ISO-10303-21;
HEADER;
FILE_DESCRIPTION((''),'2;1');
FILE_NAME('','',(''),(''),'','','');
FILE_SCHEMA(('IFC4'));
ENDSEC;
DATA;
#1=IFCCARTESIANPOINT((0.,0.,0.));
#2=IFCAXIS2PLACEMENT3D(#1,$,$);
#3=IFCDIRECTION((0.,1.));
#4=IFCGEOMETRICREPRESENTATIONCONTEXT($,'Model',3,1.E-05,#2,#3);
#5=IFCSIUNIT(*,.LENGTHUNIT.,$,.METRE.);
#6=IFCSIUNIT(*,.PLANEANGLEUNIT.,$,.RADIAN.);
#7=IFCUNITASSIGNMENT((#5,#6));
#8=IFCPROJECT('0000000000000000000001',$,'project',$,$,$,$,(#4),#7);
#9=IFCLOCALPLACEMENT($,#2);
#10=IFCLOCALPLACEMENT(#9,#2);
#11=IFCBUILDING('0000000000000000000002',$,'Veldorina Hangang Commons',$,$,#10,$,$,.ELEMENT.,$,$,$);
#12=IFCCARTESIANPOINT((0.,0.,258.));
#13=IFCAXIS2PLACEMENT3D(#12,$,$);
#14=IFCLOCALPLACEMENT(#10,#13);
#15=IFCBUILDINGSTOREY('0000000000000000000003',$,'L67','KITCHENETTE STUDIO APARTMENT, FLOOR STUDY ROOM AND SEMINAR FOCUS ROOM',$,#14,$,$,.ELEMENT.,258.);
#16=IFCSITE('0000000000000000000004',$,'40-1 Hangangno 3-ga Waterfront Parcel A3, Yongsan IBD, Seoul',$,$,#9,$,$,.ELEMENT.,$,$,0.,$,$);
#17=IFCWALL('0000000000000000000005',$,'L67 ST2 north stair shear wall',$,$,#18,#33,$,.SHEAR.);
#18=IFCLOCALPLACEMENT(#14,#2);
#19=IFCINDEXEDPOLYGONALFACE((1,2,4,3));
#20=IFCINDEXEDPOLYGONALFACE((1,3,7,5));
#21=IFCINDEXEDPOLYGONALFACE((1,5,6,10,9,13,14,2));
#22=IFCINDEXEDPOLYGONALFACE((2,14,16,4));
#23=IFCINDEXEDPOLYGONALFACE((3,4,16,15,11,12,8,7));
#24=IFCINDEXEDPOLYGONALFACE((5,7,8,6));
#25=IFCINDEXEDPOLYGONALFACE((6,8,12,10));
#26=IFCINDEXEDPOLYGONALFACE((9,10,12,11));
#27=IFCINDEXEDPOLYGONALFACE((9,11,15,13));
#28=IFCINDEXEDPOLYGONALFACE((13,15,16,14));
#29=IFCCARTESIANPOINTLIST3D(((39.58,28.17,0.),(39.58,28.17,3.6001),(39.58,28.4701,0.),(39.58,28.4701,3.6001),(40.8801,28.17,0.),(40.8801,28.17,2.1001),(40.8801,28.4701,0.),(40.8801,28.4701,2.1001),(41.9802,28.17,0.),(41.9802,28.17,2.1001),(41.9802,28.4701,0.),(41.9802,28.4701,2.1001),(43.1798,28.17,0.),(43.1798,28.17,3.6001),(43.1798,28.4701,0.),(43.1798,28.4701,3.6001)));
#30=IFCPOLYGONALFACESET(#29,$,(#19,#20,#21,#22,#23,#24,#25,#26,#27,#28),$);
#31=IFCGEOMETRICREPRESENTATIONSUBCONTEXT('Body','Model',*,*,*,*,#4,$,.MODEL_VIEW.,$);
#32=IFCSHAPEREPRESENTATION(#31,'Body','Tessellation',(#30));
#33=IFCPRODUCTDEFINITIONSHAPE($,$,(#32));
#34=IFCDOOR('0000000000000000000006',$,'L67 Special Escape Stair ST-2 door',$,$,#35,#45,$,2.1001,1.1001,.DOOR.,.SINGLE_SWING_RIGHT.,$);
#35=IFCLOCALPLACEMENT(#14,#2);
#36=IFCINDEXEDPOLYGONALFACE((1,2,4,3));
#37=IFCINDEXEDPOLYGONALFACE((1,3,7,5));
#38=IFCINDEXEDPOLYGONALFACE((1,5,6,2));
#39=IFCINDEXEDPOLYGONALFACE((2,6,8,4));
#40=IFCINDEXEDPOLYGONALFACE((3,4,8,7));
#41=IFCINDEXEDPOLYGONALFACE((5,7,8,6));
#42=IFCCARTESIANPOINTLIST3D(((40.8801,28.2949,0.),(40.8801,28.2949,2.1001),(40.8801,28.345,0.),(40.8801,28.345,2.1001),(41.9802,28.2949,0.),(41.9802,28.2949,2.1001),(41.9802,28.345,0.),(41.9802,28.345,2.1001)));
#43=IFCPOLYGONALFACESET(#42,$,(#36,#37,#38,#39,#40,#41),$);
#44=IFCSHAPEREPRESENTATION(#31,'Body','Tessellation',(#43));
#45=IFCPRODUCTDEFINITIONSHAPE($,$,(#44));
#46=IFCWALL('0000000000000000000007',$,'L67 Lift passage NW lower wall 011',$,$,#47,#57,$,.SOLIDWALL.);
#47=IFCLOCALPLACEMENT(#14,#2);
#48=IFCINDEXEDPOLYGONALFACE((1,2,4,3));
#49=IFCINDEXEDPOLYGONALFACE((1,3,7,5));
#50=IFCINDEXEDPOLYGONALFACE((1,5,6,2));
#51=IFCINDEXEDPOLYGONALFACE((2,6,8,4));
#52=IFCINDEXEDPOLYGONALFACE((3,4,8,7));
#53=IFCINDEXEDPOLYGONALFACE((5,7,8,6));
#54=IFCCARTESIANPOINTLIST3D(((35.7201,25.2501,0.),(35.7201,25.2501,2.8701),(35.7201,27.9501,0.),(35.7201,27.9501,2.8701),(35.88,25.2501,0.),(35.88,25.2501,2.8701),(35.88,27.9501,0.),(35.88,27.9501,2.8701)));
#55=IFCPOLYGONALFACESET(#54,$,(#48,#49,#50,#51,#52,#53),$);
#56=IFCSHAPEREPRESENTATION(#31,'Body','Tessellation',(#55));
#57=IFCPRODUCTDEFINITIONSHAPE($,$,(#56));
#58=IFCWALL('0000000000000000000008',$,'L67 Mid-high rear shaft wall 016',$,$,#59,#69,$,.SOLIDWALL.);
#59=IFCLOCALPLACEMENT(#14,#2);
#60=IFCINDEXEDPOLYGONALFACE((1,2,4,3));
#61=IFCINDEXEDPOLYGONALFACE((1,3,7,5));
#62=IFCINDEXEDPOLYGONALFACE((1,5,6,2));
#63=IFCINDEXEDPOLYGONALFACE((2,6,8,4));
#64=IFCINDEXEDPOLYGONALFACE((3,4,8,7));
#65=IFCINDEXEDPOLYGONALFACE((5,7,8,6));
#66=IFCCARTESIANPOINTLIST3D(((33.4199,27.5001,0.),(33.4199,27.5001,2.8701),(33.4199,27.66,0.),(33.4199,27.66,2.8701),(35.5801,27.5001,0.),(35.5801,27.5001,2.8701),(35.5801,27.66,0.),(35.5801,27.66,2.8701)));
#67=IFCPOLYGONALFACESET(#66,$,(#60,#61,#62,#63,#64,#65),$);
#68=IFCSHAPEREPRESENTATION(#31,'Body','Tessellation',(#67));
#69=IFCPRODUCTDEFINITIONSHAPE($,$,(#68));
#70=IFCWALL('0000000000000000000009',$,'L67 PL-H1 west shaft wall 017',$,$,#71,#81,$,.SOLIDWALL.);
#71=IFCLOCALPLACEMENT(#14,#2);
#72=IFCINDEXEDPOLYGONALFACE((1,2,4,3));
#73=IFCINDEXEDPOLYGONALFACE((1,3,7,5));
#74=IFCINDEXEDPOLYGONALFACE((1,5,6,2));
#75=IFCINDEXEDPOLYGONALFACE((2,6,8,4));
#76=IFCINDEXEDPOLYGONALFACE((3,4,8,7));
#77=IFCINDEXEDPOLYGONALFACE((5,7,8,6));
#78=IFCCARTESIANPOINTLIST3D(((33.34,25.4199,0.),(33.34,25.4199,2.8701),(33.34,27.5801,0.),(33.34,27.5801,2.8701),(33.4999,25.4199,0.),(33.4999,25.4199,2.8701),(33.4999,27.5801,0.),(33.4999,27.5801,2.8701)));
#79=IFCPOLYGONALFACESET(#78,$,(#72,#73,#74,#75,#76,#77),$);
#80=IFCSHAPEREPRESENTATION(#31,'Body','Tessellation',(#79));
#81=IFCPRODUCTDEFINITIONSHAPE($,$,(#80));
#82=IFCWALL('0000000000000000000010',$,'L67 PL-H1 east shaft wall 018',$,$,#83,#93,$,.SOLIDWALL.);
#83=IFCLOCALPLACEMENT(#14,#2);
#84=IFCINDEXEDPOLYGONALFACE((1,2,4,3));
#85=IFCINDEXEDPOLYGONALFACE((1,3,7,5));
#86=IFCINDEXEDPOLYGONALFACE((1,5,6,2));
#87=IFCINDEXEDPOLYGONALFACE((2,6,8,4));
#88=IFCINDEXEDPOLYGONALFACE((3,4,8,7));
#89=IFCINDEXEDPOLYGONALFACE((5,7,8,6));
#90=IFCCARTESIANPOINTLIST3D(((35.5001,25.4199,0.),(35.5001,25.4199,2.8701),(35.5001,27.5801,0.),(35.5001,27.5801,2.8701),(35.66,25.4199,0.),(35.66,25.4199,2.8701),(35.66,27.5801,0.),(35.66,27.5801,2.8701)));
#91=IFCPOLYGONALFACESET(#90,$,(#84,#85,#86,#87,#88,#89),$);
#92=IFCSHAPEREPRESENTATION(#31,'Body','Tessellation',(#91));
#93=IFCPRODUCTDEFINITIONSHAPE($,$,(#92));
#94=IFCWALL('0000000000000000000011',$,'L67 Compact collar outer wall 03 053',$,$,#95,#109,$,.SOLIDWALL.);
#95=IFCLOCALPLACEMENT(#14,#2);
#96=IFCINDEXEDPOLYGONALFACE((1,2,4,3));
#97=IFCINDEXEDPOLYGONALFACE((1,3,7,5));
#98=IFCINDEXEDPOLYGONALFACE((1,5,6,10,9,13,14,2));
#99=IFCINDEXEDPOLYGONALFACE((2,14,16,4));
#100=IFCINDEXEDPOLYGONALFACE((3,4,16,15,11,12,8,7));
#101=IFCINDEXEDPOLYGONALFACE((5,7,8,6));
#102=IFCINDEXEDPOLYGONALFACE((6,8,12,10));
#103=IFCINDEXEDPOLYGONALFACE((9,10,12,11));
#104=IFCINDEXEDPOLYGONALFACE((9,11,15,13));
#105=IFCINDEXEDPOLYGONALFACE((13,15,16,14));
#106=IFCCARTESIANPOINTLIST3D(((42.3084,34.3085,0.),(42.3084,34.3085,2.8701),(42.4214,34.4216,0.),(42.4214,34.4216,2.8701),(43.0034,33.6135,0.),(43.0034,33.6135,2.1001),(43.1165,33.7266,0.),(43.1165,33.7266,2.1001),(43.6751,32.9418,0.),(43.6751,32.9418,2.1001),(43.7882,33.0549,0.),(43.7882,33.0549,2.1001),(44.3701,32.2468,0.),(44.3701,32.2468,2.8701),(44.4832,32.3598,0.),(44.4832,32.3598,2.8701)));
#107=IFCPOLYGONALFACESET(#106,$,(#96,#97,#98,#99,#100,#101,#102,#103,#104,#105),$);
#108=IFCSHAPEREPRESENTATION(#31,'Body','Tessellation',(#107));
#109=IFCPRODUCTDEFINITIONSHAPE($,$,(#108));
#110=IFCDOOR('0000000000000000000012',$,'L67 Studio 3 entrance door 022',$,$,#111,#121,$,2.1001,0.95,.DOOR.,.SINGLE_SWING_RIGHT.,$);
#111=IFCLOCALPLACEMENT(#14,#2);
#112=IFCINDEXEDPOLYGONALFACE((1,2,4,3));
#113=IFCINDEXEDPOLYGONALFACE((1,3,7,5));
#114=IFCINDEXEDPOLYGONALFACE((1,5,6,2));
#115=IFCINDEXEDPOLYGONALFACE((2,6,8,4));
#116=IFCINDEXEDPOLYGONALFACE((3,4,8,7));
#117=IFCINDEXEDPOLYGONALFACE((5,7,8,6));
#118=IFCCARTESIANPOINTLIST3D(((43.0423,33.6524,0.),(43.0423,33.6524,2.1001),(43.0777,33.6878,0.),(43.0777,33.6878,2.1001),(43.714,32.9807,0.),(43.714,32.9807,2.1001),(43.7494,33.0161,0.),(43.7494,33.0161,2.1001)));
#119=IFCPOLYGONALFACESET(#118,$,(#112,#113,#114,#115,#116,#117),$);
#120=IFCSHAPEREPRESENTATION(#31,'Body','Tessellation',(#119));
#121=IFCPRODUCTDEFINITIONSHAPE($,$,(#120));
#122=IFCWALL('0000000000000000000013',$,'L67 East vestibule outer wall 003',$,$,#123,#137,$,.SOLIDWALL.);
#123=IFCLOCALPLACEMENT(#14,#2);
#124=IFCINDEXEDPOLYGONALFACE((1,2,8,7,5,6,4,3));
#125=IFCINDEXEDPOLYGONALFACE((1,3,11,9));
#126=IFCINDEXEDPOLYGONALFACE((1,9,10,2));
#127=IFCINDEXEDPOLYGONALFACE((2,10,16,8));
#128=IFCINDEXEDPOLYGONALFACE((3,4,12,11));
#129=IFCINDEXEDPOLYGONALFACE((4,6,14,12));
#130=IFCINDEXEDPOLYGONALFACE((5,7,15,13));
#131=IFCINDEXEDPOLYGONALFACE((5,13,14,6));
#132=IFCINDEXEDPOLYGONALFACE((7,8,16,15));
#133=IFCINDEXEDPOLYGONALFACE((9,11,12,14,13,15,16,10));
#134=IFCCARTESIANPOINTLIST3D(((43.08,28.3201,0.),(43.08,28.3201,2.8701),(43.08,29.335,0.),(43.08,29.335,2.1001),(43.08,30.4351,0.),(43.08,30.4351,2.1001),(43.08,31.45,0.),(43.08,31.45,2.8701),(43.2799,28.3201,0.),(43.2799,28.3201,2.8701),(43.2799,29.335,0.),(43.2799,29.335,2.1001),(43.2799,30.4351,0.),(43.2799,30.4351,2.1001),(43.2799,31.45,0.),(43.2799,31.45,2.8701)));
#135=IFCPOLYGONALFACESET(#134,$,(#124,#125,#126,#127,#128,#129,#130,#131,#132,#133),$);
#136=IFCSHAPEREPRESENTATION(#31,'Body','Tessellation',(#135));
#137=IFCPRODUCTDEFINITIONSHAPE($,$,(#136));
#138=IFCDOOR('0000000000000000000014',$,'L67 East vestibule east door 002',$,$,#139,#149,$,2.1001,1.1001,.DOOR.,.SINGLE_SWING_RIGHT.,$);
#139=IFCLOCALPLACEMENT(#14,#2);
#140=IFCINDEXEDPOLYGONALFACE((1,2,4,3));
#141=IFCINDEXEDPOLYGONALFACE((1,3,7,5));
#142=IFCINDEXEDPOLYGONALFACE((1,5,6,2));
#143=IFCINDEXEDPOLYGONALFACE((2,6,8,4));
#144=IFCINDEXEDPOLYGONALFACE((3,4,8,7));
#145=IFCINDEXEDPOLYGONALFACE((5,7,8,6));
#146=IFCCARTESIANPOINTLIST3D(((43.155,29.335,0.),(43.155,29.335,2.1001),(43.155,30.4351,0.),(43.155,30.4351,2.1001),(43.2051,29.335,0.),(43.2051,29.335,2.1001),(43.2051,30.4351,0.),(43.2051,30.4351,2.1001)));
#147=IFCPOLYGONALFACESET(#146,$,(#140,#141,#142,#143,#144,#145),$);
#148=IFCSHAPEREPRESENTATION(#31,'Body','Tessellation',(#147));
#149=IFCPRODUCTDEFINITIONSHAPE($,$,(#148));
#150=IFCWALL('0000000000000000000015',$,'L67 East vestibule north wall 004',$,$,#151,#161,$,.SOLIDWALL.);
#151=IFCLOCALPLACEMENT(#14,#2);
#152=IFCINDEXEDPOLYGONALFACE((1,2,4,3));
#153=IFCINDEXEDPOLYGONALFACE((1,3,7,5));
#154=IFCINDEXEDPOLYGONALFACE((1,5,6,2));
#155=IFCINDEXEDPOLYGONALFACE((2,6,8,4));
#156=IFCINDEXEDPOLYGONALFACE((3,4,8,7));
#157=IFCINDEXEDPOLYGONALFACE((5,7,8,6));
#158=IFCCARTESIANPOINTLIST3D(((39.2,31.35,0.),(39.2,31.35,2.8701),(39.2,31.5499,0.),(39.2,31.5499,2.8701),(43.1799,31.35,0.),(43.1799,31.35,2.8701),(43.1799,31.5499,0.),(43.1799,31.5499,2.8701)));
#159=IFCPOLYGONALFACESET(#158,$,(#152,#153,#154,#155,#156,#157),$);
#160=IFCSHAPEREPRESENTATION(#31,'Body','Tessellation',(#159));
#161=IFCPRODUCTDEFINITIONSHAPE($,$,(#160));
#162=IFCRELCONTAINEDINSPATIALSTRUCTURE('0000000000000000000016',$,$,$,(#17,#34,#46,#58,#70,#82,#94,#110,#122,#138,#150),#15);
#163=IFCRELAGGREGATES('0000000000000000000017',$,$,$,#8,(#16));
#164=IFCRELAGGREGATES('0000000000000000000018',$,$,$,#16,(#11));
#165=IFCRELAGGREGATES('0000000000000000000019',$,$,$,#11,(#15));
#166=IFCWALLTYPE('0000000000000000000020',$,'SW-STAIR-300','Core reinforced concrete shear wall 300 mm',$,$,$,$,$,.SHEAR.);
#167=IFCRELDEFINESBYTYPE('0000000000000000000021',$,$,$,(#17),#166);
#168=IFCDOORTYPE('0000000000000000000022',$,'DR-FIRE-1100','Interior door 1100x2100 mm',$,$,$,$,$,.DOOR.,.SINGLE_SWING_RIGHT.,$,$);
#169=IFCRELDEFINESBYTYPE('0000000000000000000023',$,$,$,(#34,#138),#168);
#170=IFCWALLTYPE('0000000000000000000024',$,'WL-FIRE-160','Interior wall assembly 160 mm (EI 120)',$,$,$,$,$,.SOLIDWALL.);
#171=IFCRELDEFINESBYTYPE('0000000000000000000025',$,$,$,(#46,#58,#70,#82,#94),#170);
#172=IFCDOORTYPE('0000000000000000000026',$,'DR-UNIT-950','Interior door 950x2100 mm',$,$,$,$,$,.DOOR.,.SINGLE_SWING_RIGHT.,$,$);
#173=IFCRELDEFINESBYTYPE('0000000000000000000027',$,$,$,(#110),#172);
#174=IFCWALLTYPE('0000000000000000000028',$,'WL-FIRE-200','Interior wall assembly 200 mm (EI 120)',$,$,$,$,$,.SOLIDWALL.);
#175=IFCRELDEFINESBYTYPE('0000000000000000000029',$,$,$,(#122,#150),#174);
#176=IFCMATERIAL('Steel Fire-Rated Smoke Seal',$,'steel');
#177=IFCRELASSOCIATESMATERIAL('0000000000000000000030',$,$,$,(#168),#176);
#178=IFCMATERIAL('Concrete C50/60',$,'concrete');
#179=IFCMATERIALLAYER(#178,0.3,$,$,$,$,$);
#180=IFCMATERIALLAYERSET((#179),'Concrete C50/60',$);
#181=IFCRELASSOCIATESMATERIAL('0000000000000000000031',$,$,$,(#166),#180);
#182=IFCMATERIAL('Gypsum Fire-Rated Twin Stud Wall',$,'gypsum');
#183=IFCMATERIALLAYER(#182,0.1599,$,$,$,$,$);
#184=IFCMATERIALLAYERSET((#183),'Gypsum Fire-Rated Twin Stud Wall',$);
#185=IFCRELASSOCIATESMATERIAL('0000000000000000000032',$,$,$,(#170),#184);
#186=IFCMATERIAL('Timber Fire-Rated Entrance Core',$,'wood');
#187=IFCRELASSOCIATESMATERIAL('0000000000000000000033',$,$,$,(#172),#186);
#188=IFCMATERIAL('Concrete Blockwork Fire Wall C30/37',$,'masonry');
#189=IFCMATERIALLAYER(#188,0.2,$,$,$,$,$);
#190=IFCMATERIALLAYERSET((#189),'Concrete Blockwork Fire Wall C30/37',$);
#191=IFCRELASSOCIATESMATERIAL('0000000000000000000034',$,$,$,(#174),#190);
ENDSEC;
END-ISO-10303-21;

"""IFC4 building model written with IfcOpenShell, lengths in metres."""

from ifc_helpers import new_model, si_unit, direction, frame, frame_2d, origin, place, context, subcontext, project, spatial, rectangle, extrude, material, layer, layer_set, type_object, element, fill, save


model = new_model("IFC4")

# Units and contexts
model_context = context("Model", 3, precision=1e-05, world=origin(), true_north=direction((0.0, 1.0)))
body_context = subcontext(model_context, "Body", "Model", "MODEL_VIEW")
ifc_project = project(units=[si_unit("LENGTHUNIT", "METRE"), si_unit("PLANEANGLEUNIT", "RADIAN")], contexts=[model_context])

# Site, building, storey
site_placement = place(None, origin())
site = spatial("IfcSite", under=ifc_project, at=site_placement, Name="40-1 Hangangno 3-ga Waterfront Parcel A3, Yongsan IBD, Seoul", CompositionType="ELEMENT", RefElevation=0.0)
building_placement = place(site_placement, origin())
building = spatial("IfcBuilding", under=site, at=building_placement, Name="Veldorina Hangang Commons", CompositionType="ELEMENT")
storey_placement = place(building_placement, frame((0.0, 0.0, 258.0)))
storey = spatial("IfcBuildingStorey", under=building, at=storey_placement, Name="L67", Description="KITCHENETTE STUDIO APARTMENT, FLOOR STUDY ROOM AND SEMINAR FOCUS ROOM", CompositionType="ELEMENT", Elevation=258.0)

# Shared definitions
ifc_material_1 = material(Name="Concrete C50/60", Category="concrete")

# Wall, opening, door
ifc_material_2 = material(Name="Steel Fire-Rated Smoke Seal", Category="steel")
door_type_1 = type_object("IfcDoorType", Name="DR-FIRE-1100", Description="Interior door 1100x2100 mm", OperationType="SINGLE_SWING_RIGHT", PredefinedType="DOOR", material=ifc_material_2)
ifc_layer_1 = layer(ifc_material_1, 0.3)
ifc_layer_set_1 = layer_set([ifc_layer_1], Name="Concrete C50/60")
wall_type_1 = type_object("IfcWallType", Name="SW-STAIR-300", Description="Core reinforced concrete shear wall 300 mm", PredefinedType="SHEAR", material=ifc_layer_set_1)
wall_1_placement = place(storey_placement, frame((39.5801, 28.3201, 0.0), z_axis=(0.0, 0.0, 1.0), x_axis=(1.0, 0.0, 0.0)))
wall_1 = element("IfcWall", 1, at=wall_1_placement, inside=storey, type_object=wall_type_1, Name="L67 ST2 north stair shear wall", PredefinedType="SHEAR", context=body_context, shape_type="SweptSolid", body=[
    extrude(rectangle(XDim=3.5999, YDim=0.3, at=frame_2d((1.7998, 0.0))), origin(), (0.0, 0.0, 1.0), 3.6001),
])
opening_1_placement = place(wall_1_placement, frame((1.3, 0.0, 0.0)))
opening_1 = element("IfcOpeningElement", 2, at=opening_1_placement, cuts=wall_1, PredefinedType="OPENING", context=body_context, shape_type="SweptSolid", body=[
    extrude(rectangle(XDim=1.1001, YDim=2.1001, at=frame_2d((0.55, 1.05))), frame((0.0, 0.1602, 0.0), z_axis=(0.0, -1.0, 0.0), x_axis=(1.0, 0.0, 0.0)), (0.0, 0.0, 1.0), 0.3201),
])
door_1_placement = place(opening_1_placement, origin())
door_1 = element("IfcDoor", 3, at=door_1_placement, inside=storey, type_object=door_type_1, Name="L67 Special Escape Stair ST-2 door", OperationType="SINGLE_SWING_RIGHT", OverallHeight=2.1001, OverallWidth=1.1001, PredefinedType="DOOR", context=body_context, shape_type="SweptSolid", body=[
    extrude(rectangle(XDim=1.1001, YDim=2.1001, at=frame_2d((0.55, 1.05))), frame((0.0, 0.0249, 0.0), z_axis=(0.0, -1.0, 0.0), x_axis=(1.0, 0.0, 0.0)), (0.0, 0.0, 1.0), 0.05),
])
fill(opening_1, door_1)

# Wall
ifc_material_3 = material(Name="Gypsum Fire-Rated Twin Stud Wall", Category="gypsum")
ifc_layer_2 = layer(ifc_material_3, 0.1599)
ifc_layer_set_2 = layer_set([ifc_layer_2], Name="Gypsum Fire-Rated Twin Stud Wall")
wall_type_2 = type_object("IfcWallType", Name="WL-FIRE-160", Description="Interior wall assembly 160 mm (EI 120)", PredefinedType="SOLIDWALL", material=ifc_layer_set_2)
wall_2_placement = place(storey_placement, frame((35.8, 25.25, 0.0), z_axis=(0.0, 0.0, 1.0), x_axis=(0.0, 1.0, 0.0)))
element("IfcWall", 4, at=wall_2_placement, inside=storey, type_object=wall_type_2, Name="L67 Lift passage NW lower wall 011", PredefinedType="SOLIDWALL", context=body_context, shape_type="SweptSolid", body=[
    extrude(rectangle(XDim=2.7, YDim=0.1599, at=frame_2d((1.3501, 0.0))), origin(), (0.0, 0.0, 1.0), 2.8701),
])

# Walls
for number, where, z_axis, x_axis, name in (
    (5, (33.4199, 27.5801, 0.0), (0.0, 0.0, 1.0), (1.0, 0.0, 0.0), "L67 Mid-high rear shaft wall 016"),
    (6, (33.4199, 25.4199, 0.0), (0.0, 0.0, 1.0), (0.0, 1.0, 0.0), "L67 PL-H1 west shaft wall 017"),
    (7, (35.5801, 25.4199, 0.0), (0.0, 0.0, 1.0), (0.0, 1.0, 0.0), "L67 PL-H1 east shaft wall 018"),
):
    element("IfcWall", number, at=place(storey_placement, frame(where, z_axis=z_axis, x_axis=x_axis)), inside=storey, type_object=wall_type_2, Name=name, PredefinedType="SOLIDWALL", context=body_context, shape_type="SweptSolid", body=[
        extrude(rectangle(XDim=2.1602, YDim=0.1599, at=frame_2d((1.0801, 0.0))), origin(), (0.0, 0.0, 1.0), 2.8701),
    ])

# Walls, openings, doors
wall_3_placement = place(storey_placement, frame((44.4268, 32.3032, 0.0), z_axis=(0.0, 0.0, 1.0), x_axis=(-0.707107, 0.707107, 0.0)))
wall_3 = element("IfcWall", 8, at=wall_3_placement, inside=storey, type_object=wall_type_2, Name="L67 Compact collar outer wall 03 053", PredefinedType="SOLIDWALL", context=body_context, shape_type="SweptSolid", body=[
    extrude(rectangle(XDim=2.9158, YDim=0.1599, at=frame_2d((1.458, 0.0))), origin(), (0.0, 0.0, 1.0), 2.8701),
])
opening_2_placement = place(wall_3_placement, frame((0.9829, 0.0, 0.0)))
opening_2 = element("IfcOpeningElement", 9, at=opening_2_placement, cuts=wall_3, PredefinedType="OPENING", context=body_context, shape_type="SweptSolid", body=[
    extrude(rectangle(XDim=0.95, YDim=2.1001, at=frame_2d((0.4751, 1.05))), frame((0.0, 0.0898, 0.0), z_axis=(0.0, -1.0, 0.0), x_axis=(1.0, 0.0, 0.0)), (0.0, 0.0, 1.0), 0.1799),
])
ifc_material_4 = material(Name="Timber Fire-Rated Entrance Core", Category="wood")
door_type_2 = type_object("IfcDoorType", Name="DR-UNIT-950", Description="Interior door 950x2100 mm", OperationType="SINGLE_SWING_RIGHT", PredefinedType="DOOR", material=ifc_material_4)
door_2_placement = place(opening_2_placement, origin())
door_2 = element("IfcDoor", 10, at=door_2_placement, inside=storey, type_object=door_type_2, Name="L67 Studio 3 entrance door 022", OperationType="SINGLE_SWING_RIGHT", OverallHeight=2.1001, OverallWidth=0.95, PredefinedType="DOOR", context=body_context, shape_type="SweptSolid", body=[
    extrude(rectangle(XDim=0.95, YDim=2.1001, at=frame_2d((0.4751, 1.05))), frame((0.0, 0.0249, 0.0), z_axis=(0.0, -1.0, 0.0), x_axis=(1.0, 0.0, 0.0)), (0.0, 0.0, 1.0), 0.05),
])
fill(opening_2, door_2)
ifc_material_5 = material(Name="Concrete Blockwork Fire Wall C30/37", Category="masonry")
ifc_layer_3 = layer(ifc_material_5, 0.2)
ifc_layer_set_3 = layer_set([ifc_layer_3], Name="Concrete Blockwork Fire Wall C30/37")
wall_type_3 = type_object("IfcWallType", Name="WL-FIRE-200", Description="Interior wall assembly 200 mm (EI 120)", PredefinedType="SOLIDWALL", material=ifc_layer_set_3)
wall_4_placement = place(storey_placement, frame((43.1799, 28.3201, 0.0), z_axis=(0.0, 0.0, 1.0), x_axis=(0.0, 1.0, 0.0)))
wall_4 = element("IfcWall", 11, at=wall_4_placement, inside=storey, type_object=wall_type_3, Name="L67 East vestibule outer wall 003", PredefinedType="SOLIDWALL", context=body_context, shape_type="SweptSolid", body=[
    extrude(rectangle(XDim=3.1299, YDim=0.2, at=frame_2d((1.5649, 0.0))), origin(), (0.0, 0.0, 1.0), 2.8701),
])
opening_3_placement = place(wall_4_placement, frame((1.0149, 0.0, 0.0)))
opening_3 = element("IfcOpeningElement", 12, at=opening_3_placement, cuts=wall_4, PredefinedType="OPENING", context=body_context, shape_type="SweptSolid", body=[
    extrude(rectangle(XDim=1.1001, YDim=2.1001, at=frame_2d((0.55, 1.05))), frame((0.0, 0.1099, 0.0), z_axis=(0.0, -1.0, 0.0), x_axis=(1.0, 0.0, 0.0)), (0.0, 0.0, 1.0), 0.22),
])
door_3_placement = place(opening_3_placement, origin())
door_3 = element("IfcDoor", 13, at=door_3_placement, inside=storey, type_object=door_type_1, Name="L67 East vestibule east door 002", OperationType="SINGLE_SWING_RIGHT", OverallHeight=2.1001, OverallWidth=1.1001, PredefinedType="DOOR", context=body_context, shape_type="SweptSolid", body=[
    extrude(rectangle(XDim=1.1001, YDim=2.1001, at=frame_2d((0.55, 1.05))), frame((0.0, 0.0249, 0.0), z_axis=(0.0, -1.0, 0.0), x_axis=(1.0, 0.0, 0.0)), (0.0, 0.0, 1.0), 0.05),
])
fill(opening_3, door_3)

# Wall
wall_5_placement = place(storey_placement, frame((39.2, 31.45, 0.0), z_axis=(0.0, 0.0, 1.0), x_axis=(1.0, 0.0, 0.0)))
element("IfcWall", 14, at=wall_5_placement, inside=storey, type_object=wall_type_3, Name="L67 East vestibule north wall 004", PredefinedType="SOLIDWALL", context=body_context, shape_type="SweptSolid", body=[
    extrude(rectangle(XDim=3.98, YDim=0.2, at=frame_2d((1.99, 0.0))), origin(), (0.0, 0.0, 1.0), 2.8701),
])

save(model, "model.ifc")
